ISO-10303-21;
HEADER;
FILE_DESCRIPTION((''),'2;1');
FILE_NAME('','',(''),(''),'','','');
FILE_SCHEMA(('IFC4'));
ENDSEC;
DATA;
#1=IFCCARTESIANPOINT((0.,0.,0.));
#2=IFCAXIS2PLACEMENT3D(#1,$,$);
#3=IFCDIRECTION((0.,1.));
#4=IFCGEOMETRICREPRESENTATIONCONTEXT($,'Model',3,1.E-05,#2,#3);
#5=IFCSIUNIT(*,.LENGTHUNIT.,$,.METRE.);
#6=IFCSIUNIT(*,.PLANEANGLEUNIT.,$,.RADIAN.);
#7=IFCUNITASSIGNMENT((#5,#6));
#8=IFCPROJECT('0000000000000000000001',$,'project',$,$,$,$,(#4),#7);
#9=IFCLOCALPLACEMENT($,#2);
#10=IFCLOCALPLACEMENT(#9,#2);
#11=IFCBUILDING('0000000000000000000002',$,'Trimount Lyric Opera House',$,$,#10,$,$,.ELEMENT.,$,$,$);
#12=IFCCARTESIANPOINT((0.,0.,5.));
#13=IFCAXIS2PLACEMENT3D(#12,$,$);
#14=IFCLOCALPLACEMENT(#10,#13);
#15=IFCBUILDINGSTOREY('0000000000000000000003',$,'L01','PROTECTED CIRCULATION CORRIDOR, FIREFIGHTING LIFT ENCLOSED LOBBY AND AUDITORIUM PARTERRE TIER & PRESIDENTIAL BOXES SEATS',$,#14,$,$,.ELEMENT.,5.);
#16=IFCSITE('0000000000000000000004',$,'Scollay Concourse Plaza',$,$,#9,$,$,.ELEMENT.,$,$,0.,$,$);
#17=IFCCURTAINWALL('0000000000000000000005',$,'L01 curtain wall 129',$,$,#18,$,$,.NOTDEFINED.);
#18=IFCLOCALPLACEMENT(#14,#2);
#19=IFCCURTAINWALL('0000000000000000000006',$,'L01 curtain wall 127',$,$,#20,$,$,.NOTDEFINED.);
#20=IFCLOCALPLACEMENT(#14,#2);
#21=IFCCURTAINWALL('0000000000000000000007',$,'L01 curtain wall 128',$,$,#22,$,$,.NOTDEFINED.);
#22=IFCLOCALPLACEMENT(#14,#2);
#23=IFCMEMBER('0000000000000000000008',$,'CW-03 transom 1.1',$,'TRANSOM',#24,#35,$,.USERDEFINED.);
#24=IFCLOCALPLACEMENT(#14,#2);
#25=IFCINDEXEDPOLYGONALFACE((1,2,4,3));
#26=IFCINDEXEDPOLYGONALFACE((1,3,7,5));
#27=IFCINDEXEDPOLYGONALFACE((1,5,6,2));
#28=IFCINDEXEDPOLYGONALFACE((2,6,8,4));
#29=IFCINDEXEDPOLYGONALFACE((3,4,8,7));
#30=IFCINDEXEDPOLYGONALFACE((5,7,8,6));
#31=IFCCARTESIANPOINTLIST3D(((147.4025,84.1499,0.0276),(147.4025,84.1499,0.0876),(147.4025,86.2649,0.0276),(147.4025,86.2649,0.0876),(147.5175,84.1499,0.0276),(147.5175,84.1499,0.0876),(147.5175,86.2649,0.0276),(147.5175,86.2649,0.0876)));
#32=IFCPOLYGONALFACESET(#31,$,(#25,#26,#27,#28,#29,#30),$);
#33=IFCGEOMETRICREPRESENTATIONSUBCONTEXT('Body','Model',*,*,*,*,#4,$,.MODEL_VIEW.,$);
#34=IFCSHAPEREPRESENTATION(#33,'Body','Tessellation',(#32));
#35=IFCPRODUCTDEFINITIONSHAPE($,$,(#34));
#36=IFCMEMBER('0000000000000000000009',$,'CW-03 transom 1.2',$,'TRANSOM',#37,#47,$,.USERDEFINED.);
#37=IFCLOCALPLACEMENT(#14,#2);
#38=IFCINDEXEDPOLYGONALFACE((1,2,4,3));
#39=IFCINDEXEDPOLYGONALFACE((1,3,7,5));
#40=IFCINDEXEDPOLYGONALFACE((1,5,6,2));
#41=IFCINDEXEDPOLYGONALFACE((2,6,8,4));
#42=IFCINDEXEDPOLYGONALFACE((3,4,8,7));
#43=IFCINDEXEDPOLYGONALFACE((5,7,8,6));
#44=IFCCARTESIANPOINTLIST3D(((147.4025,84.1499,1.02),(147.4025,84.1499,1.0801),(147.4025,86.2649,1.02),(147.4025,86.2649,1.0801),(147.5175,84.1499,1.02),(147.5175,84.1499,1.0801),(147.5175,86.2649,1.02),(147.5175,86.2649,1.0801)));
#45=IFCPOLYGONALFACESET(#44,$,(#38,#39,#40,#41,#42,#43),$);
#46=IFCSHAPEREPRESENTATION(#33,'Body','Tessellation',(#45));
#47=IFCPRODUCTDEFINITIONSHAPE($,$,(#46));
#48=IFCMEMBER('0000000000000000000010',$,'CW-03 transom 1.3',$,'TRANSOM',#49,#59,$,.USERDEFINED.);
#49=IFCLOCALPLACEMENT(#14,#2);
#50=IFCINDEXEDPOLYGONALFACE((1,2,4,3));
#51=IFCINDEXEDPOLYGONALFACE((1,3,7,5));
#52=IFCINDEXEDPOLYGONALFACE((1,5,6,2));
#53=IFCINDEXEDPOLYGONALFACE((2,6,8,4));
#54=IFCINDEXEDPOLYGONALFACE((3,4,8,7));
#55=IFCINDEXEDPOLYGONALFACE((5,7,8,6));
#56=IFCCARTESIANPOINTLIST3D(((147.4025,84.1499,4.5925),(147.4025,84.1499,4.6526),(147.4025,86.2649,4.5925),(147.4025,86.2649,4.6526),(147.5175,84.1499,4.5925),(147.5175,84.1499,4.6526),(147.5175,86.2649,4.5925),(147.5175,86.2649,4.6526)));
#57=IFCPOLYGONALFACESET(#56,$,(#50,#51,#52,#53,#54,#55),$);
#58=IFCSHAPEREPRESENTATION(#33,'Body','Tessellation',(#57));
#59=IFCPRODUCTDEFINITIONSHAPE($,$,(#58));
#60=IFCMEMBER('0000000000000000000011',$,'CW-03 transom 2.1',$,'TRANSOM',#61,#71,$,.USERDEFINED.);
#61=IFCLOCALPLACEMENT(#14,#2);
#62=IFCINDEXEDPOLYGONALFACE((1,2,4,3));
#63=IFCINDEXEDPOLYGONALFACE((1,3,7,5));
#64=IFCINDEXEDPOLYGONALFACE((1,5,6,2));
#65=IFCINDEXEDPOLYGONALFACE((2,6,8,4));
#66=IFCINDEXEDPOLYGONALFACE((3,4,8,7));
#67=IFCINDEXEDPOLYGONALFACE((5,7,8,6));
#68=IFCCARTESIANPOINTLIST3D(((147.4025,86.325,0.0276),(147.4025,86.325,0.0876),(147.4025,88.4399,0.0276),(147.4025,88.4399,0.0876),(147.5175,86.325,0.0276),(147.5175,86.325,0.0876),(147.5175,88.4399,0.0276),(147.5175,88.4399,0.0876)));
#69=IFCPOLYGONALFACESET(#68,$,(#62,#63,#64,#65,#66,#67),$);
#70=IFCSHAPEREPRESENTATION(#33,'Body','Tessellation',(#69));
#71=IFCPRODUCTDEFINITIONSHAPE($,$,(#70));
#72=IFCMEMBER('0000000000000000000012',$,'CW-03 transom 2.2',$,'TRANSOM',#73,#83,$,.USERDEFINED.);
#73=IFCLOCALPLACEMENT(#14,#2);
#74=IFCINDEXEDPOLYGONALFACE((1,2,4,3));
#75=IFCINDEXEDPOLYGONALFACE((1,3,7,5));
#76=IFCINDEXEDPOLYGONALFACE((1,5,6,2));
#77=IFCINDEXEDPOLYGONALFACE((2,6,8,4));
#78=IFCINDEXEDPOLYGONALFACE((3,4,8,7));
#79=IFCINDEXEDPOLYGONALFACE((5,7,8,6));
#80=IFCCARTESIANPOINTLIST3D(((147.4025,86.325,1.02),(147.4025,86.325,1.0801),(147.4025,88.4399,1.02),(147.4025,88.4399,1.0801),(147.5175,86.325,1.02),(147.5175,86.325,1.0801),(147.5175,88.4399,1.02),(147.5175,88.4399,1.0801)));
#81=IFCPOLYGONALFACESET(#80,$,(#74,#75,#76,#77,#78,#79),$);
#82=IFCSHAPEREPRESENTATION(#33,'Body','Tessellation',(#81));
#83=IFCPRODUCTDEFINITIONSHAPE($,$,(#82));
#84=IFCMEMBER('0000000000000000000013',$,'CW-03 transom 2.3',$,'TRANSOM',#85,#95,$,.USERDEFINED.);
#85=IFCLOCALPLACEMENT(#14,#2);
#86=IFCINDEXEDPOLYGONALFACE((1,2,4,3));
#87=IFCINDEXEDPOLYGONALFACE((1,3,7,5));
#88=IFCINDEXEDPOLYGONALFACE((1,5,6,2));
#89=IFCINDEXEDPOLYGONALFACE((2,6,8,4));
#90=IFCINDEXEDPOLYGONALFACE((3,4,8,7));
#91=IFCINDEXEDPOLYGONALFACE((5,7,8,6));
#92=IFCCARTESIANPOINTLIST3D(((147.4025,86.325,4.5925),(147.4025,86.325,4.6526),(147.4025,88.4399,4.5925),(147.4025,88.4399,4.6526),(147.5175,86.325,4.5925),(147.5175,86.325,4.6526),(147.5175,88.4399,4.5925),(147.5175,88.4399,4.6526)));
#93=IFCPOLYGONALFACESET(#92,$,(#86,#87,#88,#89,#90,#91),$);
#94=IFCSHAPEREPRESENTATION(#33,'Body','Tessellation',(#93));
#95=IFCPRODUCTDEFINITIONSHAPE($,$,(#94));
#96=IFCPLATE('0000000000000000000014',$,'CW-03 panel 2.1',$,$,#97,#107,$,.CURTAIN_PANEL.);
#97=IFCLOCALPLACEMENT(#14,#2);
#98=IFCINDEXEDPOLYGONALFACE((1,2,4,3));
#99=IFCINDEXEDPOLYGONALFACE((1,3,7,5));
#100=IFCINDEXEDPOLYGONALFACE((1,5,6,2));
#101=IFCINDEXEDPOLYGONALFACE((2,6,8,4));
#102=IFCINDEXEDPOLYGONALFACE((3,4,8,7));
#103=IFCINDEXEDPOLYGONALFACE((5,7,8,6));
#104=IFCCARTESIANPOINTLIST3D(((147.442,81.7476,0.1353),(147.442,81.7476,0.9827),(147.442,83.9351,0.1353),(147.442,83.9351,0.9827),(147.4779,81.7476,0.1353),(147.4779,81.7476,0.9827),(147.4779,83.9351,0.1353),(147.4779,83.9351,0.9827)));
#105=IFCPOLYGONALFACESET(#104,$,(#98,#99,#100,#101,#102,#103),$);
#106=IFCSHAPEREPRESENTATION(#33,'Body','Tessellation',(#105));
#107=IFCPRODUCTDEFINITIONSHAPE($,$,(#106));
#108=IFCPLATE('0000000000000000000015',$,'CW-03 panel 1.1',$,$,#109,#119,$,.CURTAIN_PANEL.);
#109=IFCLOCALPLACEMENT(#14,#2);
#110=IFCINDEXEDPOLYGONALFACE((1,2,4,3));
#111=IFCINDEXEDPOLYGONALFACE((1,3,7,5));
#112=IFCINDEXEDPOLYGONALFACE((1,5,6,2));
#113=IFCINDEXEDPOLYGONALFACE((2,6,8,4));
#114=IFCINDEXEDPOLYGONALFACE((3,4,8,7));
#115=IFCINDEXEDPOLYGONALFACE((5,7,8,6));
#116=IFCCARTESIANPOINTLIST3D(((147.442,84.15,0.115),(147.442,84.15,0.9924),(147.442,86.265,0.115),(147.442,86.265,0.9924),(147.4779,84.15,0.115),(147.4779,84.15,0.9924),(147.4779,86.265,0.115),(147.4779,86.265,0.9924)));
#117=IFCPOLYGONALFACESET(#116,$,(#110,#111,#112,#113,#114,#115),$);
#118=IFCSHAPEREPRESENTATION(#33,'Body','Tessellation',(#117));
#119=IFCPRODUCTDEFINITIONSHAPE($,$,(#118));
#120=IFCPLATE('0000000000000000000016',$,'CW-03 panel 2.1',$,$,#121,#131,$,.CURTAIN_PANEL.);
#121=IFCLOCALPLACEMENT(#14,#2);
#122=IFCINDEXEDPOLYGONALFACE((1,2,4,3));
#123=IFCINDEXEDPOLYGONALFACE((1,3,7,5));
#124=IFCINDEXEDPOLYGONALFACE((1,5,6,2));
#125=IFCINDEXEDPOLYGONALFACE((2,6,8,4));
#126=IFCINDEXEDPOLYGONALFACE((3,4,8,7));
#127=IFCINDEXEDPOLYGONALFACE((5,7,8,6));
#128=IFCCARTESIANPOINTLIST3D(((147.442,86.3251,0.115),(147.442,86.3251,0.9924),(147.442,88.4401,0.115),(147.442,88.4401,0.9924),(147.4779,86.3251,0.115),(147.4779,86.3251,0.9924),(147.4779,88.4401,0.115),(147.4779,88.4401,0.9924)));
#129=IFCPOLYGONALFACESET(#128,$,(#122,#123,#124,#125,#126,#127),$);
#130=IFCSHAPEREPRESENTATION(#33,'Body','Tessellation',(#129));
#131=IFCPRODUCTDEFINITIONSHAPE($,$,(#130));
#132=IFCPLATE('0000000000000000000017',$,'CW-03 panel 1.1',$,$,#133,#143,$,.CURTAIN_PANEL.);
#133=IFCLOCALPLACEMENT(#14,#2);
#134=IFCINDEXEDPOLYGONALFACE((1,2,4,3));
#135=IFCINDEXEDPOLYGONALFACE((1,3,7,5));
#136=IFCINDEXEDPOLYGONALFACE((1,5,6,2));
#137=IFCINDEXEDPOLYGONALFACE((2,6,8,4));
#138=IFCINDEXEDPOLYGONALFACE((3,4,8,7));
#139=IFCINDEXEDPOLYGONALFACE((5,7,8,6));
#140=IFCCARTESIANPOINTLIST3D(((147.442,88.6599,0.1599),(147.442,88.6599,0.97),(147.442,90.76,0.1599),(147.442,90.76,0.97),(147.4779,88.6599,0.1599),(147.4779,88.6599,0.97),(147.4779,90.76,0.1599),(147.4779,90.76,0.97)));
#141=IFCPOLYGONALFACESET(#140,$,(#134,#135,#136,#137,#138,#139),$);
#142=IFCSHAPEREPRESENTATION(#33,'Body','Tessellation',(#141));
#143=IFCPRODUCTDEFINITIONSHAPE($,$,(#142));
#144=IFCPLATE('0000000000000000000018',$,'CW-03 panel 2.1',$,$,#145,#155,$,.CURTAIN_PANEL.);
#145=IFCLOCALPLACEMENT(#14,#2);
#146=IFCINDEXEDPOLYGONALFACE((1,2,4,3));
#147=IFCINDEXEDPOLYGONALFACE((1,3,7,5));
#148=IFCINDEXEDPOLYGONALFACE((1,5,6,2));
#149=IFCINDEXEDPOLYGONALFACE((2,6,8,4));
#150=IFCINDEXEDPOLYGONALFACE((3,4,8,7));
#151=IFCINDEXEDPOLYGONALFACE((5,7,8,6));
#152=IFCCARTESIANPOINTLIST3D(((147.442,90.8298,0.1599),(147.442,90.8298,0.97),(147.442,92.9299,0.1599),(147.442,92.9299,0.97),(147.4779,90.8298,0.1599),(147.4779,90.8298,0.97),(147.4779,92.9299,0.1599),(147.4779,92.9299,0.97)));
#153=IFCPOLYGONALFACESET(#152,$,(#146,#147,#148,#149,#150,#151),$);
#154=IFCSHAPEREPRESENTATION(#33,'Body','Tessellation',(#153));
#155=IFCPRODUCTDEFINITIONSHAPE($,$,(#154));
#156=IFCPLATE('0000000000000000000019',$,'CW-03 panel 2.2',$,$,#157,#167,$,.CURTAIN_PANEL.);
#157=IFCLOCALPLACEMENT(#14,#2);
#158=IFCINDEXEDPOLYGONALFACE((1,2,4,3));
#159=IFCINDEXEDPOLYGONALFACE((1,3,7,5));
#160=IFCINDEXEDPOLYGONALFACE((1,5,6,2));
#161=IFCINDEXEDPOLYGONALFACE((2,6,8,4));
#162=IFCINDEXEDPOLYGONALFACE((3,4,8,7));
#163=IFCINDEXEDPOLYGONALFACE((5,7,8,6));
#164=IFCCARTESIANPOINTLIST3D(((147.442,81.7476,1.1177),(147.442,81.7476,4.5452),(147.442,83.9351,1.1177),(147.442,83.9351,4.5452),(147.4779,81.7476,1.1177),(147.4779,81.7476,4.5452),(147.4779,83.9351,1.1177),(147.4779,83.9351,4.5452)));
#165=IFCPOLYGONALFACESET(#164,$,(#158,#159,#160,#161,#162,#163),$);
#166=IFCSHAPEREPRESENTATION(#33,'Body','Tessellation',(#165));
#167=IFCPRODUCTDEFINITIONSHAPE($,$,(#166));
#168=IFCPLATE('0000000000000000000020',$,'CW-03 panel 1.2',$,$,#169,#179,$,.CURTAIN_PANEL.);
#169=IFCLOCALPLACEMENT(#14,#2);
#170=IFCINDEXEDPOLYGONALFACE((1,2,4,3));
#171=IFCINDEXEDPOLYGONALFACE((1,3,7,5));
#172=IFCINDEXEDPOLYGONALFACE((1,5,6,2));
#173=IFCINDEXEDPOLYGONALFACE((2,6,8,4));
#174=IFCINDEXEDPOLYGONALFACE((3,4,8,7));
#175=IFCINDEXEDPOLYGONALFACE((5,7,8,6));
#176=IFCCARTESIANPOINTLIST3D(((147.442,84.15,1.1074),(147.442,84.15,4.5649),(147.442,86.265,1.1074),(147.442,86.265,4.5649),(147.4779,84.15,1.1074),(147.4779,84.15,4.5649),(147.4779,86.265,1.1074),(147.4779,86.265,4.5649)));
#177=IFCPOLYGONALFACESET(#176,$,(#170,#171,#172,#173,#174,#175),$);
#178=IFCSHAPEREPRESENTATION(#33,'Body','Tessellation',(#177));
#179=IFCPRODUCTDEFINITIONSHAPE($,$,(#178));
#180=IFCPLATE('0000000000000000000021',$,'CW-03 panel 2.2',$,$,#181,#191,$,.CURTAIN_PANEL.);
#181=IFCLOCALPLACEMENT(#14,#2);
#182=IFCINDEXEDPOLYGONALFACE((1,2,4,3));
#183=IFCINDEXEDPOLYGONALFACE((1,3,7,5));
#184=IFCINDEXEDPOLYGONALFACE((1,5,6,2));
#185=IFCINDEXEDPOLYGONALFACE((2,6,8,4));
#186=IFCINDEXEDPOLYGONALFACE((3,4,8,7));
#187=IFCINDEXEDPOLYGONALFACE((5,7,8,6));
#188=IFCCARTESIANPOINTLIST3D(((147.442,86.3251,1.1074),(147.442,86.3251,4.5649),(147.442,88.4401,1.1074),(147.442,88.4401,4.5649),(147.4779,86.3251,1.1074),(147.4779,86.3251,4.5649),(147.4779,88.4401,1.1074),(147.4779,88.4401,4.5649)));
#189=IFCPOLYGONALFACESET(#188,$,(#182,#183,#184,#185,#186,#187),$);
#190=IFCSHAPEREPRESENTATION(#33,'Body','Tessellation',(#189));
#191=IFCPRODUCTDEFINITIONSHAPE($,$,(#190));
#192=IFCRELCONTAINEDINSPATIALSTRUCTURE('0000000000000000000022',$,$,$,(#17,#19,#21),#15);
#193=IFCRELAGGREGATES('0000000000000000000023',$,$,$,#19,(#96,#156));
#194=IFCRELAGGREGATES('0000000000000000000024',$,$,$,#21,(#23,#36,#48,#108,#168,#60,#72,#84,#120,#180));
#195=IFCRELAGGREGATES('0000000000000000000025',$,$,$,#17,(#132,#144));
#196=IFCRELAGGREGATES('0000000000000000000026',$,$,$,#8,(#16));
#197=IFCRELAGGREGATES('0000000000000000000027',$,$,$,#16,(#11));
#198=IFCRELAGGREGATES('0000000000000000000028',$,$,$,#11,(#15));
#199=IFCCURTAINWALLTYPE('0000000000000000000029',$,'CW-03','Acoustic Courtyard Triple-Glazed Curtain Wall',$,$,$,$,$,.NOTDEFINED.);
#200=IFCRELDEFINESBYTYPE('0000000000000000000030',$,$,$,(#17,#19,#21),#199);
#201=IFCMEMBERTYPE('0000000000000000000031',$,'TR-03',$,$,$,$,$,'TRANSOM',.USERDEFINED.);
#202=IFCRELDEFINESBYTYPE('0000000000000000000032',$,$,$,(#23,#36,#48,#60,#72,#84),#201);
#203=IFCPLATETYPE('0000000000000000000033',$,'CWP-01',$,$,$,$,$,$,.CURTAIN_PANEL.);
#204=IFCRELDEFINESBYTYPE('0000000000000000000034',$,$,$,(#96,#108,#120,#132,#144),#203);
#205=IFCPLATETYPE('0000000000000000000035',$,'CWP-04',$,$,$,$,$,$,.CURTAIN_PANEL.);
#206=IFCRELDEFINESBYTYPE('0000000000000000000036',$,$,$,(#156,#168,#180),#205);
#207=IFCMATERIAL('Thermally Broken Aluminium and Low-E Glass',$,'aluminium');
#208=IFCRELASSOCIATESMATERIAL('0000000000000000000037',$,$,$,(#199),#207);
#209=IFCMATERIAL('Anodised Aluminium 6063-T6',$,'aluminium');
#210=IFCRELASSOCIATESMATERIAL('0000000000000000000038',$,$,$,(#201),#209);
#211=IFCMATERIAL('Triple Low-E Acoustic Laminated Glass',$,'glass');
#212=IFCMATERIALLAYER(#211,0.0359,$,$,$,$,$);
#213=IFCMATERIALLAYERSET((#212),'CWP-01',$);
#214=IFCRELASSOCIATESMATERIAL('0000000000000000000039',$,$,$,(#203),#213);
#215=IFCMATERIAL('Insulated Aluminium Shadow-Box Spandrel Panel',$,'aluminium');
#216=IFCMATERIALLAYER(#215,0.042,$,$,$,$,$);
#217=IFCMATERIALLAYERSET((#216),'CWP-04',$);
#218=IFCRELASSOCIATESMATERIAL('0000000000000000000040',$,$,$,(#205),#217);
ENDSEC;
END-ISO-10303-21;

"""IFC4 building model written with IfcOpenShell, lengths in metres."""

from ifc_helpers import new_model, si_unit, direction, frame, origin, origin_2d, place, context, subcontext, project, spatial, rectangle, extrude, material, layer, layer_set, material_profile, profile_set, type_object, element, aggregate, save


model = new_model("IFC4")

# Units and contexts
model_context = context("Model", 3, precision=1e-05, world=origin(), true_north=direction((0.0, 1.0)))
body_context = subcontext(model_context, "Body", "Model", "MODEL_VIEW")
ifc_project = project(units=[si_unit("LENGTHUNIT", "METRE"), si_unit("PLANEANGLEUNIT", "RADIAN")], contexts=[model_context])

# Site, building, storey
site_placement = place(None, origin())
site = spatial("IfcSite", under=ifc_project, at=site_placement, Name="Scollay Concourse Plaza", CompositionType="ELEMENT", RefElevation=0.0)
building_placement = place(site_placement, origin())
building = spatial("IfcBuilding", under=site, at=building_placement, Name="Trimount Lyric Opera House", CompositionType="ELEMENT")
storey_placement = place(building_placement, frame((0.0, 0.0, 5.0)))
storey = spatial("IfcBuildingStorey", under=building, at=storey_placement, Name="L01", Description="PROTECTED CIRCULATION CORRIDOR, FIREFIGHTING LIFT ENCLOSED LOBBY AND AUDITORIUM PARTERRE TIER & PRESIDENTIAL BOXES SEATS", CompositionType="ELEMENT", Elevation=5.0)

# Curtain wall
ifc_material_1 = material(Name="Thermally Broken Aluminium and Low-E Glass", Category="aluminium")
curtain_wall_type = type_object("IfcCurtainWallType", Name="CW-03", Description="Acoustic Courtyard Triple-Glazed Curtain Wall", PredefinedType="NOTDEFINED", material=ifc_material_1)
curtain_wall_1_placement = place(storey_placement, origin())
curtain_wall_1 = element("IfcCurtainWall", 1, at=curtain_wall_1_placement, inside=storey, type_object=curtain_wall_type, Name="L01 curtain wall 129", PredefinedType="NOTDEFINED")

# Curtain wall
curtain_wall_2_placement = place(storey_placement, origin())
curtain_wall_2 = element("IfcCurtainWall", 2, at=curtain_wall_2_placement, inside=storey, type_object=curtain_wall_type, Name="L01 curtain wall 127", PredefinedType="NOTDEFINED")

# Curtain wall
curtain_wall_3_placement = place(storey_placement, origin())
curtain_wall_3 = element("IfcCurtainWall", 3, at=curtain_wall_3_placement, inside=storey, type_object=curtain_wall_type, Name="L01 curtain wall 128", PredefinedType="NOTDEFINED")

# Members
ifc_material_2 = material(Name="Anodised Aluminium 6063-T6", Category="aluminium")
ifc_material_profile_1 = material_profile(ifc_material_2, rectangle(XDim=0.115, YDim=0.0601, at=origin_2d()), Name="ALU-TRAN-60X115")
ifc_profile_set_1 = profile_set([ifc_material_profile_1], Name="Anodised Aluminium 6063-T6")
member_type_1 = type_object("IfcMemberType", Name="TR-03", ElementType="TRANSOM", PredefinedType="USERDEFINED", material=ifc_profile_set_1)
member_1_placement = place(storey_placement, frame((147.46, 84.1499, 0.0576), z_axis=(0.0, 1.0, 0.0), x_axis=(-1.0, 0.0, 0.0)))
member_1 = element("IfcMember", 4, at=member_1_placement, type_object=member_type_1, Name="CW-03 transom 1.1", ObjectType="TRANSOM", PredefinedType="USERDEFINED", context=body_context, shape_type="SweptSolid", body=[
    extrude(rectangle(XDim=0.115, YDim=0.0601, at=origin_2d()), origin(), (0.0, 0.0, 1.0), 2.115),
])
member_2_placement = place(storey_placement, frame((147.46, 84.1499, 1.05), z_axis=(0.0, 1.0, 0.0), x_axis=(-1.0, 0.0, 0.0)))
member_2 = element("IfcMember", 5, at=member_2_placement, type_object=member_type_1, Name="CW-03 transom 1.2", ObjectType="TRANSOM", PredefinedType="USERDEFINED", context=body_context, shape_type="SweptSolid", body=[
    extrude(rectangle(XDim=0.115, YDim=0.0601, at=origin_2d()), origin(), (0.0, 0.0, 1.0), 2.115),
])
member_3_placement = place(storey_placement, frame((147.46, 84.1499, 4.6226), z_axis=(0.0, 1.0, 0.0), x_axis=(-1.0, 0.0, 0.0)))
member_3 = element("IfcMember", 6, at=member_3_placement, type_object=member_type_1, Name="CW-03 transom 1.3", ObjectType="TRANSOM", PredefinedType="USERDEFINED", context=body_context, shape_type="SweptSolid", body=[
    extrude(rectangle(XDim=0.115, YDim=0.0601, at=origin_2d()), origin(), (0.0, 0.0, 1.0), 2.115),
])
member_4_placement = place(storey_placement, frame((147.46, 86.325, 0.0576), z_axis=(0.0, 1.0, 0.0), x_axis=(-1.0, 0.0, 0.0)))
member_4 = element("IfcMember", 7, at=member_4_placement, type_object=member_type_1, Name="CW-03 transom 2.1", ObjectType="TRANSOM", PredefinedType="USERDEFINED", context=body_context, shape_type="SweptSolid", body=[
    extrude(rectangle(XDim=0.115, YDim=0.0601, at=origin_2d()), origin(), (0.0, 0.0, 1.0), 2.115),
])
member_5_placement = place(storey_placement, frame((147.46, 86.325, 1.05), z_axis=(0.0, 1.0, 0.0), x_axis=(-1.0, 0.0, 0.0)))
member_5 = element("IfcMember", 8, at=member_5_placement, type_object=member_type_1, Name="CW-03 transom 2.2", ObjectType="TRANSOM", PredefinedType="USERDEFINED", context=body_context, shape_type="SweptSolid", body=[
    extrude(rectangle(XDim=0.115, YDim=0.0601, at=origin_2d()), origin(), (0.0, 0.0, 1.0), 2.115),
])
member_6_placement = place(storey_placement, frame((147.46, 86.325, 4.6226), z_axis=(0.0, 1.0, 0.0), x_axis=(-1.0, 0.0, 0.0)))
member_6 = element("IfcMember", 9, at=member_6_placement, type_object=member_type_1, Name="CW-03 transom 2.3", ObjectType="TRANSOM", PredefinedType="USERDEFINED", context=body_context, shape_type="SweptSolid", body=[
    extrude(rectangle(XDim=0.115, YDim=0.0601, at=origin_2d()), origin(), (0.0, 0.0, 1.0), 2.115),
])

# Plates
ifc_material_3 = material(Name="Triple Low-E Acoustic Laminated Glass", Category="glass")
ifc_layer_1 = layer(ifc_material_3, 0.0359)
ifc_layer_set_1 = layer_set([ifc_layer_1], Name="CWP-01")
plate_type_1 = type_object("IfcPlateType", Name="CWP-01", PredefinedType="CURTAIN_PANEL", material=ifc_layer_set_1)
plate_1_placement = place(storey_placement, frame((147.46, 82.8413, 0.1353), z_axis=(0.0, 0.0, 1.0), x_axis=(0.0, 1.0, 0.0)))
plate_1 = element("IfcPlate", 10, at=plate_1_placement, type_object=plate_type_1, Name="CW-03 panel 2.1", PredefinedType="CURTAIN_PANEL", context=body_context, shape_type="SweptSolid", body=[
    extrude(rectangle(XDim=2.1875, YDim=0.0359, at=origin_2d()), origin(), (0.0, 0.0, 1.0), 0.8474),
])
plate_2_placement = place(storey_placement, frame((147.46, 85.2075, 0.115), z_axis=(0.0, 0.0, 1.0), x_axis=(0.0, 1.0, 0.0)))
plate_2 = element("IfcPlate", 11, at=plate_2_placement, type_object=plate_type_1, Name="CW-03 panel 1.1", PredefinedType="CURTAIN_PANEL", context=body_context, shape_type="SweptSolid", body=[
    extrude(rectangle(XDim=2.115, YDim=0.0359, at=origin_2d()), origin(), (0.0, 0.0, 1.0), 0.8774),
])
plate_3_placement = place(storey_placement, frame((147.46, 87.3826, 0.115), z_axis=(0.0, 0.0, 1.0), x_axis=(0.0, 1.0, 0.0)))
plate_3 = element("IfcPlate", 12, at=plate_3_placement, type_object=plate_type_1, Name="CW-03 panel 2.1", PredefinedType="CURTAIN_PANEL", context=body_context, shape_type="SweptSolid", body=[
    extrude(rectangle(XDim=2.115, YDim=0.0359, at=origin_2d()), origin(), (0.0, 0.0, 1.0), 0.8774),
])
plate_4_placement = place(storey_placement, frame((147.46, 89.71, 0.1599), z_axis=(0.0, 0.0, 1.0), x_axis=(0.0, 1.0, 0.0)))
plate_4 = element("IfcPlate", 13, at=plate_4_placement, type_object=plate_type_1, Name="CW-03 panel 1.1", PredefinedType="CURTAIN_PANEL", context=body_context, shape_type="SweptSolid", body=[
    extrude(rectangle(XDim=2.1001, YDim=0.0359, at=origin_2d()), origin(), (0.0, 0.0, 1.0), 0.8101),
])
plate_5_placement = place(storey_placement, frame((147.46, 91.8799, 0.1599), z_axis=(0.0, 0.0, 1.0), x_axis=(0.0, 1.0, 0.0)))
plate_5 = element("IfcPlate", 14, at=plate_5_placement, type_object=plate_type_1, Name="CW-03 panel 2.1", PredefinedType="CURTAIN_PANEL", context=body_context, shape_type="SweptSolid", body=[
    extrude(rectangle(XDim=2.1001, YDim=0.0359, at=origin_2d()), origin(), (0.0, 0.0, 1.0), 0.8101),
])
ifc_material_4 = material(Name="Insulated Aluminium Shadow-Box Spandrel Panel", Category="aluminium")
ifc_layer_2 = layer(ifc_material_4, 0.042)
ifc_layer_set_2 = layer_set([ifc_layer_2], Name="CWP-04")
plate_type_2 = type_object("IfcPlateType", Name="CWP-04", PredefinedType="CURTAIN_PANEL", material=ifc_layer_set_2)
plate_6_placement = place(storey_placement, frame((147.46, 82.8413, 1.1177), z_axis=(0.0, 0.0, 1.0), x_axis=(0.0, 1.0, 0.0)))
plate_6 = element("IfcPlate", 15, at=plate_6_placement, type_object=plate_type_2, Name="CW-03 panel 2.2", PredefinedType="CURTAIN_PANEL", context=body_context, shape_type="SweptSolid", body=[
    extrude(rectangle(XDim=2.1875, YDim=0.0359, at=origin_2d()), origin(), (0.0, 0.0, 1.0), 3.4275),
])
aggregate(curtain_wall_2, [plate_1, plate_6])
plate_7_placement = place(storey_placement, frame((147.46, 85.2075, 1.1074), z_axis=(0.0, 0.0, 1.0), x_axis=(0.0, 1.0, 0.0)))
plate_7 = element("IfcPlate", 16, at=plate_7_placement, type_object=plate_type_2, Name="CW-03 panel 1.2", PredefinedType="CURTAIN_PANEL", context=body_context, shape_type="SweptSolid", body=[
    extrude(rectangle(XDim=2.115, YDim=0.0359, at=origin_2d()), origin(), (0.0, 0.0, 1.0), 3.4575),
])
plate_8_placement = place(storey_placement, frame((147.46, 87.3826, 1.1074), z_axis=(0.0, 0.0, 1.0), x_axis=(0.0, 1.0, 0.0)))
plate_8 = element("IfcPlate", 17, at=plate_8_placement, type_object=plate_type_2, Name="CW-03 panel 2.2", PredefinedType="CURTAIN_PANEL", context=body_context, shape_type="SweptSolid", body=[
    extrude(rectangle(XDim=2.115, YDim=0.0359, at=origin_2d()), origin(), (0.0, 0.0, 1.0), 3.4575),
])
aggregate(curtain_wall_3, [member_1, member_2, member_3, plate_2, plate_7, member_4, member_5, member_6, plate_3, plate_8])
aggregate(curtain_wall_1, [plate_4, plate_5])

save(model, "model.ifc")
